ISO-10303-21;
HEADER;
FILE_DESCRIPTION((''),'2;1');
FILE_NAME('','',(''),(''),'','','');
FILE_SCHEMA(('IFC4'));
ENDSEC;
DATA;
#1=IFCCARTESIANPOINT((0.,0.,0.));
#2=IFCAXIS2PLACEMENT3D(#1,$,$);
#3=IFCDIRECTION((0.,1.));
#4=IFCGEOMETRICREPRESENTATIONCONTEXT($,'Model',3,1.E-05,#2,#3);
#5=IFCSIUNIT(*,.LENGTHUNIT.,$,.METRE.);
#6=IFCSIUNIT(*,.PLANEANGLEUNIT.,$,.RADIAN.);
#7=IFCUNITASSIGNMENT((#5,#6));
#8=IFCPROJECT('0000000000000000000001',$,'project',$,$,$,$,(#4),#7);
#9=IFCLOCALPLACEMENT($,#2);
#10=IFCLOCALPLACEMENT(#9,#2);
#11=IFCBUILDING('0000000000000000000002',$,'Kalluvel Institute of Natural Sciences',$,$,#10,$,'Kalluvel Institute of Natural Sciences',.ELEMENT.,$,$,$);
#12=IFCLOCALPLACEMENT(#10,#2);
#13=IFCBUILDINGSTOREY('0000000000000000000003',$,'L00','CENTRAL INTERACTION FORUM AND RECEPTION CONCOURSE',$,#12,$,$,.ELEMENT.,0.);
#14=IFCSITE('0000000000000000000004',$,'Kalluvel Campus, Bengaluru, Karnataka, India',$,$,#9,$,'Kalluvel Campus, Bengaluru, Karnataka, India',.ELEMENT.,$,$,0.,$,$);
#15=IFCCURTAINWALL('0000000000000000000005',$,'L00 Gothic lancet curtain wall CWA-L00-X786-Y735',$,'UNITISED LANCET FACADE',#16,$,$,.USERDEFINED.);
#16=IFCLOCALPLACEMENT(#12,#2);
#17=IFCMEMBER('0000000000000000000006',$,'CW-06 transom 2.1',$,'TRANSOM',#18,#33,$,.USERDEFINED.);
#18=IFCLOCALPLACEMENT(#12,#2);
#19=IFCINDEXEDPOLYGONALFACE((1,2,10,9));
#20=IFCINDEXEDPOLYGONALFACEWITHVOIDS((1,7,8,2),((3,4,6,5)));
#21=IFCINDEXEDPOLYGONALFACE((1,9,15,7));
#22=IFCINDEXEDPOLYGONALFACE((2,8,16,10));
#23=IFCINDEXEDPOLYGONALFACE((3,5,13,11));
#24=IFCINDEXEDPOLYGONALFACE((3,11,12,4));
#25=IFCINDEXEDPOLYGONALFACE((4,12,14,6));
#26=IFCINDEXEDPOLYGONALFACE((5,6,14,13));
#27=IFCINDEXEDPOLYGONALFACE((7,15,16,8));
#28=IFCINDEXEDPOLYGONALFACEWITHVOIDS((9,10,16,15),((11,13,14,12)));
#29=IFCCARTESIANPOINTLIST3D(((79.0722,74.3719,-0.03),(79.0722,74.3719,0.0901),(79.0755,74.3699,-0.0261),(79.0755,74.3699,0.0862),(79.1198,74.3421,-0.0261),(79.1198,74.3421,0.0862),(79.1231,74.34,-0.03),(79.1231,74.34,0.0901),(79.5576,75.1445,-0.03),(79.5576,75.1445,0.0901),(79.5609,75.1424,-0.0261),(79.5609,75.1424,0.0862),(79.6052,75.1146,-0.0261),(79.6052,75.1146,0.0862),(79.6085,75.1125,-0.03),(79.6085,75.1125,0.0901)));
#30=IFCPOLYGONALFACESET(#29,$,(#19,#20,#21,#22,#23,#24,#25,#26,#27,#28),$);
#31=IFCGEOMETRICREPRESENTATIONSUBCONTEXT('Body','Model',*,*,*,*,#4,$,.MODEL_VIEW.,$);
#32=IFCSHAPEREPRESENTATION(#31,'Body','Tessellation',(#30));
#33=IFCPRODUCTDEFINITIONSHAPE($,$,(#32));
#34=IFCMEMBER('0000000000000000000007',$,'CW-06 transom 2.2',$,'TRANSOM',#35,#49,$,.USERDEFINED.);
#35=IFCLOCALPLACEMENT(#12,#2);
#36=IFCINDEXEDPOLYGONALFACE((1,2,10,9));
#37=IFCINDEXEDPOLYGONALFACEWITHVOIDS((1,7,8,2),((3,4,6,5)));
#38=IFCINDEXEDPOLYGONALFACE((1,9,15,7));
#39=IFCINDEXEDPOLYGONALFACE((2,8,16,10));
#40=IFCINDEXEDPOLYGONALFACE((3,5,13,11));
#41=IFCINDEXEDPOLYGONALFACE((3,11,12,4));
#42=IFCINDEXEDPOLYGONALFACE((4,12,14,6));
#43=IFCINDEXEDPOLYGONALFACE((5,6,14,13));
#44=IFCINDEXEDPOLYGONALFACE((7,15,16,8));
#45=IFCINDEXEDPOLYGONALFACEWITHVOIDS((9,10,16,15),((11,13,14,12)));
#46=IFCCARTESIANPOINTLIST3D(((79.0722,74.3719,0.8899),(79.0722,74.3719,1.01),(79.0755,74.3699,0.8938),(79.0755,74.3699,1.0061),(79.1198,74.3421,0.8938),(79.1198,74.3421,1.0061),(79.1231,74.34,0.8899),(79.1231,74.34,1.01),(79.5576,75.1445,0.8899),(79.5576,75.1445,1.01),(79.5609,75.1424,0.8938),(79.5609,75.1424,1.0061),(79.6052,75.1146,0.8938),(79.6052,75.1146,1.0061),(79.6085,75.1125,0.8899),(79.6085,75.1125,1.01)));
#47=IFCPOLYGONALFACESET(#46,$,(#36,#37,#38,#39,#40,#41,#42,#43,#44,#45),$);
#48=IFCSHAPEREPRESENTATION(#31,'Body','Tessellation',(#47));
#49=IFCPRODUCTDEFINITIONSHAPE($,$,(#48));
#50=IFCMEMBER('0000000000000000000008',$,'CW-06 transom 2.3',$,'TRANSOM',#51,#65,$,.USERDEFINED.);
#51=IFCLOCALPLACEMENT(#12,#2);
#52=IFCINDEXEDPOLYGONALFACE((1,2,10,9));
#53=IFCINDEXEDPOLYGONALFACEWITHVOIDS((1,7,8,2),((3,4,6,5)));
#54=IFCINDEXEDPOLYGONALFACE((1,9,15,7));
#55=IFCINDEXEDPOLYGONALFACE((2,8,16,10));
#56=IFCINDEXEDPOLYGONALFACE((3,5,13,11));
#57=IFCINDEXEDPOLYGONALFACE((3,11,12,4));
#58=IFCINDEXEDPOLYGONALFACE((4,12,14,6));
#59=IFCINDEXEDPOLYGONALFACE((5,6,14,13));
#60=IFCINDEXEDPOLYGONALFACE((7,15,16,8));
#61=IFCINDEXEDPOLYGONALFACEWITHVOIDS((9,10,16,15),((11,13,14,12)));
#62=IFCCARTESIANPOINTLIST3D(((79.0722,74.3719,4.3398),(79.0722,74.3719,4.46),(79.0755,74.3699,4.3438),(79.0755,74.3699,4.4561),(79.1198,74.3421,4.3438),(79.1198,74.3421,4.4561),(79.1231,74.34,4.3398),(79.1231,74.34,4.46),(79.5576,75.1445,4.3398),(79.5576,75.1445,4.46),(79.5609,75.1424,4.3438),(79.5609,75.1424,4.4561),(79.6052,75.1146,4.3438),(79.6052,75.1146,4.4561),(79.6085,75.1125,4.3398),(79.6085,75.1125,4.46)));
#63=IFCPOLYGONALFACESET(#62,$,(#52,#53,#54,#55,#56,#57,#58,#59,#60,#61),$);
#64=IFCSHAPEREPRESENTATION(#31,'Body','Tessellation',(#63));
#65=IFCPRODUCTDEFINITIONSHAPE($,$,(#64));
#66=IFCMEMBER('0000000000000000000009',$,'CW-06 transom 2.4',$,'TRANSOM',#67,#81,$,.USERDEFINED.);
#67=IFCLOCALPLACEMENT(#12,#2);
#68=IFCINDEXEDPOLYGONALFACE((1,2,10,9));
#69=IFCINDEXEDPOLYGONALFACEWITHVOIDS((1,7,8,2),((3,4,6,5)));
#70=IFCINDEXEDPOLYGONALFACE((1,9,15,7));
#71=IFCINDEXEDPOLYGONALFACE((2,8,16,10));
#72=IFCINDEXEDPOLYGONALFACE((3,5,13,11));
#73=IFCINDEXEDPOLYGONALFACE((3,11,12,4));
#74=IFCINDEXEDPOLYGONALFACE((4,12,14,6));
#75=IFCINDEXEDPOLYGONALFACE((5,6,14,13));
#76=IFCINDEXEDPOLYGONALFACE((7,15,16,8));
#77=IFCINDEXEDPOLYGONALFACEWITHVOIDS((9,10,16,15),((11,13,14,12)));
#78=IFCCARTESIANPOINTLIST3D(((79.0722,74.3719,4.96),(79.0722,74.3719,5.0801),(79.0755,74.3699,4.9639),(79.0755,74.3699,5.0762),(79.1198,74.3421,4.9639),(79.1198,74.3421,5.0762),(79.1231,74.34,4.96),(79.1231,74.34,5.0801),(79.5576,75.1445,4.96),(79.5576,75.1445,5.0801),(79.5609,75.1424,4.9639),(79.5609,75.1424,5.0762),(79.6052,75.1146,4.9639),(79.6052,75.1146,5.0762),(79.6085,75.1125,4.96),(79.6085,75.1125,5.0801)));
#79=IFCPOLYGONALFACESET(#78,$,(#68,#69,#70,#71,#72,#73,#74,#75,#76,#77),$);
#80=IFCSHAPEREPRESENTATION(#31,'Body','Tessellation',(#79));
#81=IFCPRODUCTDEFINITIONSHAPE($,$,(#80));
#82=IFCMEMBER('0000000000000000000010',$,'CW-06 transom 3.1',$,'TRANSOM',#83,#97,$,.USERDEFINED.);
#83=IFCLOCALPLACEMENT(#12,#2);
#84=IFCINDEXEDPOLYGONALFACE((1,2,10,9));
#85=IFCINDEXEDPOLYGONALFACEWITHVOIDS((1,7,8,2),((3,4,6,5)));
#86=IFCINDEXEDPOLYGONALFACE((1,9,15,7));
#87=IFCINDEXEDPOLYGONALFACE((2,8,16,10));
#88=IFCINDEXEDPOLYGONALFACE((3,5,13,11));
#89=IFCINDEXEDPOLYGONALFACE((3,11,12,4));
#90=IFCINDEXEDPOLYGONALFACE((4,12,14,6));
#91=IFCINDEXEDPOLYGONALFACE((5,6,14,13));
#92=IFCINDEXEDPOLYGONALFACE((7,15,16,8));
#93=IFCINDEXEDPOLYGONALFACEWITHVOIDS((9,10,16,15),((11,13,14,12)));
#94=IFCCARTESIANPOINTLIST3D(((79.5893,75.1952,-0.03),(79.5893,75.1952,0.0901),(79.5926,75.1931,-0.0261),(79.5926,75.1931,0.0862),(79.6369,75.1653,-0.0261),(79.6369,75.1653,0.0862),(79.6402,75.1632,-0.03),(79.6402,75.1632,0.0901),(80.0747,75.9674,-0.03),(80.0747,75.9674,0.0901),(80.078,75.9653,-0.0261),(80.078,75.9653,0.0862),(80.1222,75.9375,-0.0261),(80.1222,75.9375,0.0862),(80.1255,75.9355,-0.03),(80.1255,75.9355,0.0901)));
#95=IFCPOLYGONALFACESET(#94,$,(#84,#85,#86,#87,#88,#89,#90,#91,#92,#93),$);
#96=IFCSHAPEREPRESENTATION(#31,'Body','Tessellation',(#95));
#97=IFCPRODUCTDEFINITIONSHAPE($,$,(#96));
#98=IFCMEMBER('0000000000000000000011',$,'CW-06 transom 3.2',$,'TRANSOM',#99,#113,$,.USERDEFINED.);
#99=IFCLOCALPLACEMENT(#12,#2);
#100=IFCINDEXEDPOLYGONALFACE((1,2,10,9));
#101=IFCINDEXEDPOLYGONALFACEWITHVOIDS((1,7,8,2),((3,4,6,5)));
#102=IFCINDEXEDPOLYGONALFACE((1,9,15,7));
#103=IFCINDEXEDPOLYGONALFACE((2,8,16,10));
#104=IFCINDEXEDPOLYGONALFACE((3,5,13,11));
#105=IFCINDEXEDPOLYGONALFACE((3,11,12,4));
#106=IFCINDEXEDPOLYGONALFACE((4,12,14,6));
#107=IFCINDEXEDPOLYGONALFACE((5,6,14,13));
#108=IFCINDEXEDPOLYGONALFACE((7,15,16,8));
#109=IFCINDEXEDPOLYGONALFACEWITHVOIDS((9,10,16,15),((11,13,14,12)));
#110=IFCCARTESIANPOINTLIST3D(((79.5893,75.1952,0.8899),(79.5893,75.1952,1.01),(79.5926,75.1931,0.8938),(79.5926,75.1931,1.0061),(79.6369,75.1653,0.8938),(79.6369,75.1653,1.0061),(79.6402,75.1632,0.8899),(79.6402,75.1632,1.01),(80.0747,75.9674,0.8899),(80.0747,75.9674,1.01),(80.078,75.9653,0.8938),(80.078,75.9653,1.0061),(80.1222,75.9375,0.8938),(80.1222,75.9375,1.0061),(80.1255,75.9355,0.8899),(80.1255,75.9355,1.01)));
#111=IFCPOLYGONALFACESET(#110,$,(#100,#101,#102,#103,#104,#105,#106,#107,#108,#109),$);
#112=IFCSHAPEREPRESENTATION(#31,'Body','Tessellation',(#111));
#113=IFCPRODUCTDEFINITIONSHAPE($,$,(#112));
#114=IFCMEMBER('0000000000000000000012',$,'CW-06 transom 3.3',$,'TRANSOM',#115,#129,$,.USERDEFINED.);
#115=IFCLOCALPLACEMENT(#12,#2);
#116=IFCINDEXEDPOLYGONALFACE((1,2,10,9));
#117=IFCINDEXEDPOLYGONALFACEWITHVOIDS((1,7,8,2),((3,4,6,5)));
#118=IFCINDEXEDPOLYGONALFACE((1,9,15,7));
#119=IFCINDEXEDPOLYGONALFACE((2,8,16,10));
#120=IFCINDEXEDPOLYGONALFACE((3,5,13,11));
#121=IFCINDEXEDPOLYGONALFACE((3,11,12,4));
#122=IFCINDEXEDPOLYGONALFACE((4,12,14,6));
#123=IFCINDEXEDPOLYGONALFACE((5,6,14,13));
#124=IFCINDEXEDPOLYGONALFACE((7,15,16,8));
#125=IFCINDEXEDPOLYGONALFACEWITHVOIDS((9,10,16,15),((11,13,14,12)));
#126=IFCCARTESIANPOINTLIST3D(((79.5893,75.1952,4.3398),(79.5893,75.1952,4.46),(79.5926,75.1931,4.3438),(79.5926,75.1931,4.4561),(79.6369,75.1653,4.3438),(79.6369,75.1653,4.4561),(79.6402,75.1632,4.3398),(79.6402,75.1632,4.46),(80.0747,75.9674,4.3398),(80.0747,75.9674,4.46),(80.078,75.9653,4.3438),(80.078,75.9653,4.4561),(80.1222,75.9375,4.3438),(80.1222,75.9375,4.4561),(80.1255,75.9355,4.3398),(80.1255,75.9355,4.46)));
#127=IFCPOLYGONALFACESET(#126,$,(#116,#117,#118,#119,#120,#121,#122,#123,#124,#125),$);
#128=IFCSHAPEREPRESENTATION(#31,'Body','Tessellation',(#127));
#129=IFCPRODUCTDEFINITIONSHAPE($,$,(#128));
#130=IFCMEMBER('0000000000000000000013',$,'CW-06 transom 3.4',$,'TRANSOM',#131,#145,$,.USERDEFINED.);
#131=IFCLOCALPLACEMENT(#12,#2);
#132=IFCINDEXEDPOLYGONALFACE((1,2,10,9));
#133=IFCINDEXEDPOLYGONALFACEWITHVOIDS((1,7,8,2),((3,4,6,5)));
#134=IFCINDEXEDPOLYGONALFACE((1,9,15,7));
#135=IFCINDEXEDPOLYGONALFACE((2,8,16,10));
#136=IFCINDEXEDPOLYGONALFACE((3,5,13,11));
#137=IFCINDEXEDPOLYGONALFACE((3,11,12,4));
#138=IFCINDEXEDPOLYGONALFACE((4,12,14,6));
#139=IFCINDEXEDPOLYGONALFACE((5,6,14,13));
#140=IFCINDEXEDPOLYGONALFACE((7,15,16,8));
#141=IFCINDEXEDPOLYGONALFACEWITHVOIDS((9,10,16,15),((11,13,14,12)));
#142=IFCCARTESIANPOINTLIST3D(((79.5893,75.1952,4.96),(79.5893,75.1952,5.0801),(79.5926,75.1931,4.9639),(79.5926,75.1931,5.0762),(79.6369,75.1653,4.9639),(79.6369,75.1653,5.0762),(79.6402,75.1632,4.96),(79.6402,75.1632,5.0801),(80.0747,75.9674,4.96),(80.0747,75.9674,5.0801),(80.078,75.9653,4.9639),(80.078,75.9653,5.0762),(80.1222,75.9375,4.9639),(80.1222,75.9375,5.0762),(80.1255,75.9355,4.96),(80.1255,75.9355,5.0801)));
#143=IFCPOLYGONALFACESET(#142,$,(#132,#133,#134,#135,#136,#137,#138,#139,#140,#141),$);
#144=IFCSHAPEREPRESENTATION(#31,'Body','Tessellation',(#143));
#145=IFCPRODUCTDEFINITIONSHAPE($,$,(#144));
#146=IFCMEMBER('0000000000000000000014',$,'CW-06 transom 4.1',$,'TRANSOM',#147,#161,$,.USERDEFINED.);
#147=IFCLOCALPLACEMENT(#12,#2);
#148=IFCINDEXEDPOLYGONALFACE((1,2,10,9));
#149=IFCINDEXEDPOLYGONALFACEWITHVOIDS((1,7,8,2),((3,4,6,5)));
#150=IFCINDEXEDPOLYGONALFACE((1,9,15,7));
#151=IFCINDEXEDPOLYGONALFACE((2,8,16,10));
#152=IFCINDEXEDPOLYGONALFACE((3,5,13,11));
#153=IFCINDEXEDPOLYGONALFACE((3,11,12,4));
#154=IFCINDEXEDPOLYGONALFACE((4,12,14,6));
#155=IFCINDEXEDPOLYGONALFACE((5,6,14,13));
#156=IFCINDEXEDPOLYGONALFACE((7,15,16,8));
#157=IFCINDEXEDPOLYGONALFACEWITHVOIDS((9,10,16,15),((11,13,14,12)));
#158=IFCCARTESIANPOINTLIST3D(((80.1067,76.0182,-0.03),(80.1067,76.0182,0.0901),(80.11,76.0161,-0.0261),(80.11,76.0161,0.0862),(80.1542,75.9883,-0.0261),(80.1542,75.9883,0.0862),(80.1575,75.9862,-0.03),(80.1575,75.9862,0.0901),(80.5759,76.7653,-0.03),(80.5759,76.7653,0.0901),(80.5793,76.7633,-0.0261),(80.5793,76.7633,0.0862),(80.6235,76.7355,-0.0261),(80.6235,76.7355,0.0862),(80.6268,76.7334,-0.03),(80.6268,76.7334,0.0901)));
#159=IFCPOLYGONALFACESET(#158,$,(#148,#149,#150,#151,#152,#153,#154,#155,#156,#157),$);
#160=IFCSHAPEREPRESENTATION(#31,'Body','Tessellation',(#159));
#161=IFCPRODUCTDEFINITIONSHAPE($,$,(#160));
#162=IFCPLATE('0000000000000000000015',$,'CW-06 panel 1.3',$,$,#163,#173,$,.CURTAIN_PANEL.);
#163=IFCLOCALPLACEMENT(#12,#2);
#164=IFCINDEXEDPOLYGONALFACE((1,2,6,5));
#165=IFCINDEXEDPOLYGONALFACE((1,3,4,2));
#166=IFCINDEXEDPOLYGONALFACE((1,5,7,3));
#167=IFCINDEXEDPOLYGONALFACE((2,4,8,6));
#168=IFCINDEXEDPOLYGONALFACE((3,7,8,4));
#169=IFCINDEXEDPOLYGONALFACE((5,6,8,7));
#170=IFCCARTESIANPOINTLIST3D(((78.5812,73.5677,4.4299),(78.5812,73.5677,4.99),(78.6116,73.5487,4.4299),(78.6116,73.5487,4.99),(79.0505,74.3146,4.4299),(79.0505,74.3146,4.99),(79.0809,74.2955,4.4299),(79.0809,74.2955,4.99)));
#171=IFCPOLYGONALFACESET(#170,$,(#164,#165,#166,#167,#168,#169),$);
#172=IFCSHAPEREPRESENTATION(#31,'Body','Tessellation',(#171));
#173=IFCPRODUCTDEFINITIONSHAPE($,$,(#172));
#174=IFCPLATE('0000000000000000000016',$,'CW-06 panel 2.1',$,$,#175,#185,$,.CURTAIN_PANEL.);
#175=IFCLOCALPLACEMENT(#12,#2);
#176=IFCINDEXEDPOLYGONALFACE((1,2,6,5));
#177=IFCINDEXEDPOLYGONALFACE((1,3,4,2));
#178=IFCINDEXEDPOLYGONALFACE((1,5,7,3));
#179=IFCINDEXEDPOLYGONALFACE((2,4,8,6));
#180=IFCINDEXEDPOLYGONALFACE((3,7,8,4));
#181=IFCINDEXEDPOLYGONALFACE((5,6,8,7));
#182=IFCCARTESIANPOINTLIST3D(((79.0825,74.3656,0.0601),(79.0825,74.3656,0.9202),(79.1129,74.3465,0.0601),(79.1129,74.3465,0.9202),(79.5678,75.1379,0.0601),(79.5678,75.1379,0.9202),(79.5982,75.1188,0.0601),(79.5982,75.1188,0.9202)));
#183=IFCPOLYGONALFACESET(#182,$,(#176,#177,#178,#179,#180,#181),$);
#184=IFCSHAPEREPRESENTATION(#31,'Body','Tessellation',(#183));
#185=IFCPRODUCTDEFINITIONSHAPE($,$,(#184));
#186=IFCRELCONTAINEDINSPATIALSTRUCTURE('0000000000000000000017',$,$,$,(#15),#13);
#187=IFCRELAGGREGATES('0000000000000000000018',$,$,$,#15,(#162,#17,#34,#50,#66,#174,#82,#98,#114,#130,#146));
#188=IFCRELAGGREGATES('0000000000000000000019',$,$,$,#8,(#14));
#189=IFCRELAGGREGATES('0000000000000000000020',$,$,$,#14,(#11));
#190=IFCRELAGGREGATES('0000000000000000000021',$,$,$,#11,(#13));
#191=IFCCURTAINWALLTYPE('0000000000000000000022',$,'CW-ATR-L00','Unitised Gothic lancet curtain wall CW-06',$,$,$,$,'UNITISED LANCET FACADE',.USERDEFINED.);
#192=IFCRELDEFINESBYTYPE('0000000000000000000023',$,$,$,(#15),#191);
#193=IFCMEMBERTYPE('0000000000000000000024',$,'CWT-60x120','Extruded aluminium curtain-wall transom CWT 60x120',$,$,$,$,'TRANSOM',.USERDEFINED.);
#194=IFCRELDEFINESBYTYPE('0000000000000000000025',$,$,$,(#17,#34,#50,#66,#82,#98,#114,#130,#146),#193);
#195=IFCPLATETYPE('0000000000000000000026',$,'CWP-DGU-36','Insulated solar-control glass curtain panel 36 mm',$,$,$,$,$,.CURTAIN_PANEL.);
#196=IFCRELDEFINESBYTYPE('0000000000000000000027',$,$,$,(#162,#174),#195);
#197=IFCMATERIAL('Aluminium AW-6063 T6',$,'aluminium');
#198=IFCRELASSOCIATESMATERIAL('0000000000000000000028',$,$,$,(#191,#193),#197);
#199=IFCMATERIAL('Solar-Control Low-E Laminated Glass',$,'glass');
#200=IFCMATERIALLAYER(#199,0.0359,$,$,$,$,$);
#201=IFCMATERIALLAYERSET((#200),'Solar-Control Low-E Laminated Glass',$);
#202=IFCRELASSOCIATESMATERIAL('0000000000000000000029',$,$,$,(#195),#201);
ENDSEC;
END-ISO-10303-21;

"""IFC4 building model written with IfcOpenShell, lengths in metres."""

from ifc_helpers import new_model, si_unit, direction, frame, origin, origin_2d, place, context, subcontext, project, spatial, rectangle, hollow_rectangle, extrude, material, layer, layer_set, material_profile, profile_set, type_object, element, aggregate, save


model = new_model("IFC4")

# Units and contexts
model_context = context("Model", 3, precision=1e-05, world=origin(), true_north=direction((0.0, 1.0)))
body_context = subcontext(model_context, "Body", "Model", "MODEL_VIEW")
ifc_project = project(units=[si_unit("LENGTHUNIT", "METRE"), si_unit("PLANEANGLEUNIT", "RADIAN")], contexts=[model_context])

# Site, building, storey
site_placement = place(None, origin())
site = spatial("IfcSite", under=ifc_project, at=site_placement, Name="Kalluvel Campus, Bengaluru, Karnataka, India", LongName="Kalluvel Campus, Bengaluru, Karnataka, India", CompositionType="ELEMENT", RefElevation=0.0)
building_placement = place(site_placement, origin())
building = spatial("IfcBuilding", under=site, at=building_placement, Name="Kalluvel Institute of Natural Sciences", LongName="Kalluvel Institute of Natural Sciences", CompositionType="ELEMENT")
storey_placement = place(building_placement, origin())
storey = spatial("IfcBuildingStorey", under=building, at=storey_placement, Name="L00", Description="CENTRAL INTERACTION FORUM AND RECEPTION CONCOURSE", CompositionType="ELEMENT", Elevation=0.0)

# Curtain wall, members, plates
ifc_material_1 = material(Name="Aluminium AW-6063 T6", Category="aluminium")
curtain_wall_type = type_object("IfcCurtainWallType", Name="CW-ATR-L00", Description="Unitised Gothic lancet curtain wall CW-06", ElementType="UNITISED LANCET FACADE", PredefinedType="USERDEFINED", material=ifc_material_1)
curtain_wall_placement = place(storey_placement, origin())
curtain_wall = element("IfcCurtainWall", 1, at=curtain_wall_placement, inside=storey, type_object=curtain_wall_type, Name="L00 Gothic lancet curtain wall CWA-L00-X786-Y735", ObjectType="UNITISED LANCET FACADE", PredefinedType="USERDEFINED")
ifc_material_profile_1 = material_profile(ifc_material_1, hollow_rectangle(XDim=0.0601, YDim=0.1201, WallThickness=0.0039, at=origin_2d()), Name="CWT 60x120")
ifc_profile_set_1 = profile_set([ifc_material_profile_1], Name="Aluminium AW-6063 T6")
member_type_1 = type_object("IfcMemberType", Name="CWT-60x120", Description="Extruded aluminium curtain-wall transom CWT 60x120", ElementType="TRANSOM", PredefinedType="USERDEFINED", material=ifc_profile_set_1)
member_1_placement = place(storey_placement, frame((79.0977, 74.356, 0.03), z_axis=(0.532018, 0.846733, 0.0), x_axis=(-0.846733, 0.532018, 0.0)))
member_1 = element("IfcMember", 2, at=member_1_placement, type_object=member_type_1, Name="CW-06 transom 2.1", ObjectType="TRANSOM", PredefinedType="USERDEFINED", context=body_context, shape_type="SweptSolid", body=[
    extrude(hollow_rectangle(XDim=0.0601, YDim=0.1201, WallThickness=0.0039, at=origin_2d()), origin(), (0.0, 0.0, 1.0), 0.9124),
])
member_2_placement = place(storey_placement, frame((79.0977, 74.356, 0.95), z_axis=(0.532018, 0.846733, 0.0), x_axis=(-0.846733, 0.532018, 0.0)))
member_2 = element("IfcMember", 3, at=member_2_placement, type_object=member_type_1, Name="CW-06 transom 2.2", ObjectType="TRANSOM", PredefinedType="USERDEFINED", context=body_context, shape_type="SweptSolid", body=[
    extrude(hollow_rectangle(XDim=0.0601, YDim=0.1201, WallThickness=0.0039, at=origin_2d()), origin(), (0.0, 0.0, 1.0), 0.9124),
])
member_3_placement = place(storey_placement, frame((79.0977, 74.356, 4.3999), z_axis=(0.532018, 0.846733, 0.0), x_axis=(-0.846733, 0.532018, 0.0)))
member_3 = element("IfcMember", 4, at=member_3_placement, type_object=member_type_1, Name="CW-06 transom 2.3", ObjectType="TRANSOM", PredefinedType="USERDEFINED", context=body_context, shape_type="SweptSolid", body=[
    extrude(hollow_rectangle(XDim=0.0601, YDim=0.1201, WallThickness=0.0039, at=origin_2d()), origin(), (0.0, 0.0, 1.0), 0.9124),
])
member_4_placement = place(storey_placement, frame((79.0977, 74.356, 5.02), z_axis=(0.532018, 0.846733, 0.0), x_axis=(-0.846733, 0.532018, 0.0)))
member_4 = element("IfcMember", 5, at=member_4_placement, type_object=member_type_1, Name="CW-06 transom 2.4", ObjectType="TRANSOM", PredefinedType="USERDEFINED", context=body_context, shape_type="SweptSolid", body=[
    extrude(hollow_rectangle(XDim=0.0601, YDim=0.1201, WallThickness=0.0039, at=origin_2d()), origin(), (0.0, 0.0, 1.0), 0.9124),
])
member_5_placement = place(storey_placement, frame((79.6147, 75.1792, 0.03), z_axis=(0.532139, 0.846657, 0.0), x_axis=(-0.846657, 0.532139, 0.0)))
member_5 = element("IfcMember", 6, at=member_5_placement, type_object=member_type_1, Name="CW-06 transom 3.1", ObjectType="TRANSOM", PredefinedType="USERDEFINED", context=body_context, shape_type="SweptSolid", body=[
    extrude(hollow_rectangle(XDim=0.0601, YDim=0.1201, WallThickness=0.0039, at=origin_2d()), origin(), (0.0, 0.0, 1.0), 0.9121),
])
member_6_placement = place(storey_placement, frame((79.6147, 75.1792, 0.95), z_axis=(0.532139, 0.846657, 0.0), x_axis=(-0.846657, 0.532139, 0.0)))
member_6 = element("IfcMember", 7, at=member_6_placement, type_object=member_type_1, Name="CW-06 transom 3.2", ObjectType="TRANSOM", PredefinedType="USERDEFINED", context=body_context, shape_type="SweptSolid", body=[
    extrude(hollow_rectangle(XDim=0.0601, YDim=0.1201, WallThickness=0.0039, at=origin_2d()), origin(), (0.0, 0.0, 1.0), 0.9121),
])
member_7_placement = place(storey_placement, frame((79.6147, 75.1792, 4.3999), z_axis=(0.532139, 0.846657, 0.0), x_axis=(-0.846657, 0.532139, 0.0)))
member_7 = element("IfcMember", 8, at=member_7_placement, type_object=member_type_1, Name="CW-06 transom 3.3", ObjectType="TRANSOM", PredefinedType="USERDEFINED", context=body_context, shape_type="SweptSolid", body=[
    extrude(hollow_rectangle(XDim=0.0601, YDim=0.1201, WallThickness=0.0039, at=origin_2d()), origin(), (0.0, 0.0, 1.0), 0.9121),
])
member_8_placement = place(storey_placement, frame((79.6147, 75.1792, 5.02), z_axis=(0.532139, 0.846657, 0.0), x_axis=(-0.846657, 0.532139, 0.0)))
member_8 = element("IfcMember", 9, at=member_8_placement, type_object=member_type_1, Name="CW-06 transom 3.4", ObjectType="TRANSOM", PredefinedType="USERDEFINED", context=body_context, shape_type="SweptSolid", body=[
    extrude(hollow_rectangle(XDim=0.0601, YDim=0.1201, WallThickness=0.0039, at=origin_2d()), origin(), (0.0, 0.0, 1.0), 0.9121),
])
member_9_placement = place(storey_placement, frame((80.1321, 76.0022, 0.03), z_axis=(0.531888, 0.846815, 0.0), x_axis=(-0.846815, 0.531888, 0.0)))
member_9 = element("IfcMember", 10, at=member_9_placement, type_object=member_type_1, Name="CW-06 transom 4.1", ObjectType="TRANSOM", PredefinedType="USERDEFINED", context=body_context, shape_type="SweptSolid", body=[
    extrude(hollow_rectangle(XDim=0.0601, YDim=0.1201, WallThickness=0.0039, at=origin_2d()), origin(), (0.0, 0.0, 1.0), 0.8823),
])
ifc_material_2 = material(Name="Solar-Control Low-E Laminated Glass", Category="glass")
ifc_layer = layer(ifc_material_2, 0.0359)
ifc_layer_set = layer_set([ifc_layer], Name="Solar-Control Low-E Laminated Glass")
plate_type = type_object("IfcPlateType", Name="CWP-DGU-36", Description="Insulated solar-control glass curtain panel 36 mm", PredefinedType="CURTAIN_PANEL", material=ifc_layer_set)
plate_1_placement = place(storey_placement, frame((78.8311, 73.9316, 4.4299), z_axis=(0.0, 0.0, 1.0), x_axis=(0.532036, 0.846722, 0.0)))
plate_1 = element("IfcPlate", 11, at=plate_1_placement, type_object=plate_type, Name="CW-06 panel 1.3", PredefinedType="CURTAIN_PANEL", context=body_context, shape_type="SweptSolid", body=[
    extrude(rectangle(XDim=0.8821, YDim=0.0359, at=origin_2d()), origin(), (0.0, 0.0, 1.0), 0.5601),
])
plate_2_placement = place(storey_placement, frame((79.3403, 74.7422, 0.0601), z_axis=(0.0, 0.0, 1.0), x_axis=(0.532036, 0.846722, 0.0)))
plate_2 = element("IfcPlate", 12, at=plate_2_placement, type_object=plate_type, Name="CW-06 panel 2.1", PredefinedType="CURTAIN_PANEL", context=body_context, shape_type="SweptSolid", body=[
    extrude(rectangle(XDim=0.9121, YDim=0.0359, at=origin_2d()), origin(), (0.0, 0.0, 1.0), 0.8601),
])
aggregate(curtain_wall, [plate_1, member_1, member_2, member_3, member_4, plate_2, member_5, member_6, member_7, member_8, member_9])

save(model, "model.ifc")
